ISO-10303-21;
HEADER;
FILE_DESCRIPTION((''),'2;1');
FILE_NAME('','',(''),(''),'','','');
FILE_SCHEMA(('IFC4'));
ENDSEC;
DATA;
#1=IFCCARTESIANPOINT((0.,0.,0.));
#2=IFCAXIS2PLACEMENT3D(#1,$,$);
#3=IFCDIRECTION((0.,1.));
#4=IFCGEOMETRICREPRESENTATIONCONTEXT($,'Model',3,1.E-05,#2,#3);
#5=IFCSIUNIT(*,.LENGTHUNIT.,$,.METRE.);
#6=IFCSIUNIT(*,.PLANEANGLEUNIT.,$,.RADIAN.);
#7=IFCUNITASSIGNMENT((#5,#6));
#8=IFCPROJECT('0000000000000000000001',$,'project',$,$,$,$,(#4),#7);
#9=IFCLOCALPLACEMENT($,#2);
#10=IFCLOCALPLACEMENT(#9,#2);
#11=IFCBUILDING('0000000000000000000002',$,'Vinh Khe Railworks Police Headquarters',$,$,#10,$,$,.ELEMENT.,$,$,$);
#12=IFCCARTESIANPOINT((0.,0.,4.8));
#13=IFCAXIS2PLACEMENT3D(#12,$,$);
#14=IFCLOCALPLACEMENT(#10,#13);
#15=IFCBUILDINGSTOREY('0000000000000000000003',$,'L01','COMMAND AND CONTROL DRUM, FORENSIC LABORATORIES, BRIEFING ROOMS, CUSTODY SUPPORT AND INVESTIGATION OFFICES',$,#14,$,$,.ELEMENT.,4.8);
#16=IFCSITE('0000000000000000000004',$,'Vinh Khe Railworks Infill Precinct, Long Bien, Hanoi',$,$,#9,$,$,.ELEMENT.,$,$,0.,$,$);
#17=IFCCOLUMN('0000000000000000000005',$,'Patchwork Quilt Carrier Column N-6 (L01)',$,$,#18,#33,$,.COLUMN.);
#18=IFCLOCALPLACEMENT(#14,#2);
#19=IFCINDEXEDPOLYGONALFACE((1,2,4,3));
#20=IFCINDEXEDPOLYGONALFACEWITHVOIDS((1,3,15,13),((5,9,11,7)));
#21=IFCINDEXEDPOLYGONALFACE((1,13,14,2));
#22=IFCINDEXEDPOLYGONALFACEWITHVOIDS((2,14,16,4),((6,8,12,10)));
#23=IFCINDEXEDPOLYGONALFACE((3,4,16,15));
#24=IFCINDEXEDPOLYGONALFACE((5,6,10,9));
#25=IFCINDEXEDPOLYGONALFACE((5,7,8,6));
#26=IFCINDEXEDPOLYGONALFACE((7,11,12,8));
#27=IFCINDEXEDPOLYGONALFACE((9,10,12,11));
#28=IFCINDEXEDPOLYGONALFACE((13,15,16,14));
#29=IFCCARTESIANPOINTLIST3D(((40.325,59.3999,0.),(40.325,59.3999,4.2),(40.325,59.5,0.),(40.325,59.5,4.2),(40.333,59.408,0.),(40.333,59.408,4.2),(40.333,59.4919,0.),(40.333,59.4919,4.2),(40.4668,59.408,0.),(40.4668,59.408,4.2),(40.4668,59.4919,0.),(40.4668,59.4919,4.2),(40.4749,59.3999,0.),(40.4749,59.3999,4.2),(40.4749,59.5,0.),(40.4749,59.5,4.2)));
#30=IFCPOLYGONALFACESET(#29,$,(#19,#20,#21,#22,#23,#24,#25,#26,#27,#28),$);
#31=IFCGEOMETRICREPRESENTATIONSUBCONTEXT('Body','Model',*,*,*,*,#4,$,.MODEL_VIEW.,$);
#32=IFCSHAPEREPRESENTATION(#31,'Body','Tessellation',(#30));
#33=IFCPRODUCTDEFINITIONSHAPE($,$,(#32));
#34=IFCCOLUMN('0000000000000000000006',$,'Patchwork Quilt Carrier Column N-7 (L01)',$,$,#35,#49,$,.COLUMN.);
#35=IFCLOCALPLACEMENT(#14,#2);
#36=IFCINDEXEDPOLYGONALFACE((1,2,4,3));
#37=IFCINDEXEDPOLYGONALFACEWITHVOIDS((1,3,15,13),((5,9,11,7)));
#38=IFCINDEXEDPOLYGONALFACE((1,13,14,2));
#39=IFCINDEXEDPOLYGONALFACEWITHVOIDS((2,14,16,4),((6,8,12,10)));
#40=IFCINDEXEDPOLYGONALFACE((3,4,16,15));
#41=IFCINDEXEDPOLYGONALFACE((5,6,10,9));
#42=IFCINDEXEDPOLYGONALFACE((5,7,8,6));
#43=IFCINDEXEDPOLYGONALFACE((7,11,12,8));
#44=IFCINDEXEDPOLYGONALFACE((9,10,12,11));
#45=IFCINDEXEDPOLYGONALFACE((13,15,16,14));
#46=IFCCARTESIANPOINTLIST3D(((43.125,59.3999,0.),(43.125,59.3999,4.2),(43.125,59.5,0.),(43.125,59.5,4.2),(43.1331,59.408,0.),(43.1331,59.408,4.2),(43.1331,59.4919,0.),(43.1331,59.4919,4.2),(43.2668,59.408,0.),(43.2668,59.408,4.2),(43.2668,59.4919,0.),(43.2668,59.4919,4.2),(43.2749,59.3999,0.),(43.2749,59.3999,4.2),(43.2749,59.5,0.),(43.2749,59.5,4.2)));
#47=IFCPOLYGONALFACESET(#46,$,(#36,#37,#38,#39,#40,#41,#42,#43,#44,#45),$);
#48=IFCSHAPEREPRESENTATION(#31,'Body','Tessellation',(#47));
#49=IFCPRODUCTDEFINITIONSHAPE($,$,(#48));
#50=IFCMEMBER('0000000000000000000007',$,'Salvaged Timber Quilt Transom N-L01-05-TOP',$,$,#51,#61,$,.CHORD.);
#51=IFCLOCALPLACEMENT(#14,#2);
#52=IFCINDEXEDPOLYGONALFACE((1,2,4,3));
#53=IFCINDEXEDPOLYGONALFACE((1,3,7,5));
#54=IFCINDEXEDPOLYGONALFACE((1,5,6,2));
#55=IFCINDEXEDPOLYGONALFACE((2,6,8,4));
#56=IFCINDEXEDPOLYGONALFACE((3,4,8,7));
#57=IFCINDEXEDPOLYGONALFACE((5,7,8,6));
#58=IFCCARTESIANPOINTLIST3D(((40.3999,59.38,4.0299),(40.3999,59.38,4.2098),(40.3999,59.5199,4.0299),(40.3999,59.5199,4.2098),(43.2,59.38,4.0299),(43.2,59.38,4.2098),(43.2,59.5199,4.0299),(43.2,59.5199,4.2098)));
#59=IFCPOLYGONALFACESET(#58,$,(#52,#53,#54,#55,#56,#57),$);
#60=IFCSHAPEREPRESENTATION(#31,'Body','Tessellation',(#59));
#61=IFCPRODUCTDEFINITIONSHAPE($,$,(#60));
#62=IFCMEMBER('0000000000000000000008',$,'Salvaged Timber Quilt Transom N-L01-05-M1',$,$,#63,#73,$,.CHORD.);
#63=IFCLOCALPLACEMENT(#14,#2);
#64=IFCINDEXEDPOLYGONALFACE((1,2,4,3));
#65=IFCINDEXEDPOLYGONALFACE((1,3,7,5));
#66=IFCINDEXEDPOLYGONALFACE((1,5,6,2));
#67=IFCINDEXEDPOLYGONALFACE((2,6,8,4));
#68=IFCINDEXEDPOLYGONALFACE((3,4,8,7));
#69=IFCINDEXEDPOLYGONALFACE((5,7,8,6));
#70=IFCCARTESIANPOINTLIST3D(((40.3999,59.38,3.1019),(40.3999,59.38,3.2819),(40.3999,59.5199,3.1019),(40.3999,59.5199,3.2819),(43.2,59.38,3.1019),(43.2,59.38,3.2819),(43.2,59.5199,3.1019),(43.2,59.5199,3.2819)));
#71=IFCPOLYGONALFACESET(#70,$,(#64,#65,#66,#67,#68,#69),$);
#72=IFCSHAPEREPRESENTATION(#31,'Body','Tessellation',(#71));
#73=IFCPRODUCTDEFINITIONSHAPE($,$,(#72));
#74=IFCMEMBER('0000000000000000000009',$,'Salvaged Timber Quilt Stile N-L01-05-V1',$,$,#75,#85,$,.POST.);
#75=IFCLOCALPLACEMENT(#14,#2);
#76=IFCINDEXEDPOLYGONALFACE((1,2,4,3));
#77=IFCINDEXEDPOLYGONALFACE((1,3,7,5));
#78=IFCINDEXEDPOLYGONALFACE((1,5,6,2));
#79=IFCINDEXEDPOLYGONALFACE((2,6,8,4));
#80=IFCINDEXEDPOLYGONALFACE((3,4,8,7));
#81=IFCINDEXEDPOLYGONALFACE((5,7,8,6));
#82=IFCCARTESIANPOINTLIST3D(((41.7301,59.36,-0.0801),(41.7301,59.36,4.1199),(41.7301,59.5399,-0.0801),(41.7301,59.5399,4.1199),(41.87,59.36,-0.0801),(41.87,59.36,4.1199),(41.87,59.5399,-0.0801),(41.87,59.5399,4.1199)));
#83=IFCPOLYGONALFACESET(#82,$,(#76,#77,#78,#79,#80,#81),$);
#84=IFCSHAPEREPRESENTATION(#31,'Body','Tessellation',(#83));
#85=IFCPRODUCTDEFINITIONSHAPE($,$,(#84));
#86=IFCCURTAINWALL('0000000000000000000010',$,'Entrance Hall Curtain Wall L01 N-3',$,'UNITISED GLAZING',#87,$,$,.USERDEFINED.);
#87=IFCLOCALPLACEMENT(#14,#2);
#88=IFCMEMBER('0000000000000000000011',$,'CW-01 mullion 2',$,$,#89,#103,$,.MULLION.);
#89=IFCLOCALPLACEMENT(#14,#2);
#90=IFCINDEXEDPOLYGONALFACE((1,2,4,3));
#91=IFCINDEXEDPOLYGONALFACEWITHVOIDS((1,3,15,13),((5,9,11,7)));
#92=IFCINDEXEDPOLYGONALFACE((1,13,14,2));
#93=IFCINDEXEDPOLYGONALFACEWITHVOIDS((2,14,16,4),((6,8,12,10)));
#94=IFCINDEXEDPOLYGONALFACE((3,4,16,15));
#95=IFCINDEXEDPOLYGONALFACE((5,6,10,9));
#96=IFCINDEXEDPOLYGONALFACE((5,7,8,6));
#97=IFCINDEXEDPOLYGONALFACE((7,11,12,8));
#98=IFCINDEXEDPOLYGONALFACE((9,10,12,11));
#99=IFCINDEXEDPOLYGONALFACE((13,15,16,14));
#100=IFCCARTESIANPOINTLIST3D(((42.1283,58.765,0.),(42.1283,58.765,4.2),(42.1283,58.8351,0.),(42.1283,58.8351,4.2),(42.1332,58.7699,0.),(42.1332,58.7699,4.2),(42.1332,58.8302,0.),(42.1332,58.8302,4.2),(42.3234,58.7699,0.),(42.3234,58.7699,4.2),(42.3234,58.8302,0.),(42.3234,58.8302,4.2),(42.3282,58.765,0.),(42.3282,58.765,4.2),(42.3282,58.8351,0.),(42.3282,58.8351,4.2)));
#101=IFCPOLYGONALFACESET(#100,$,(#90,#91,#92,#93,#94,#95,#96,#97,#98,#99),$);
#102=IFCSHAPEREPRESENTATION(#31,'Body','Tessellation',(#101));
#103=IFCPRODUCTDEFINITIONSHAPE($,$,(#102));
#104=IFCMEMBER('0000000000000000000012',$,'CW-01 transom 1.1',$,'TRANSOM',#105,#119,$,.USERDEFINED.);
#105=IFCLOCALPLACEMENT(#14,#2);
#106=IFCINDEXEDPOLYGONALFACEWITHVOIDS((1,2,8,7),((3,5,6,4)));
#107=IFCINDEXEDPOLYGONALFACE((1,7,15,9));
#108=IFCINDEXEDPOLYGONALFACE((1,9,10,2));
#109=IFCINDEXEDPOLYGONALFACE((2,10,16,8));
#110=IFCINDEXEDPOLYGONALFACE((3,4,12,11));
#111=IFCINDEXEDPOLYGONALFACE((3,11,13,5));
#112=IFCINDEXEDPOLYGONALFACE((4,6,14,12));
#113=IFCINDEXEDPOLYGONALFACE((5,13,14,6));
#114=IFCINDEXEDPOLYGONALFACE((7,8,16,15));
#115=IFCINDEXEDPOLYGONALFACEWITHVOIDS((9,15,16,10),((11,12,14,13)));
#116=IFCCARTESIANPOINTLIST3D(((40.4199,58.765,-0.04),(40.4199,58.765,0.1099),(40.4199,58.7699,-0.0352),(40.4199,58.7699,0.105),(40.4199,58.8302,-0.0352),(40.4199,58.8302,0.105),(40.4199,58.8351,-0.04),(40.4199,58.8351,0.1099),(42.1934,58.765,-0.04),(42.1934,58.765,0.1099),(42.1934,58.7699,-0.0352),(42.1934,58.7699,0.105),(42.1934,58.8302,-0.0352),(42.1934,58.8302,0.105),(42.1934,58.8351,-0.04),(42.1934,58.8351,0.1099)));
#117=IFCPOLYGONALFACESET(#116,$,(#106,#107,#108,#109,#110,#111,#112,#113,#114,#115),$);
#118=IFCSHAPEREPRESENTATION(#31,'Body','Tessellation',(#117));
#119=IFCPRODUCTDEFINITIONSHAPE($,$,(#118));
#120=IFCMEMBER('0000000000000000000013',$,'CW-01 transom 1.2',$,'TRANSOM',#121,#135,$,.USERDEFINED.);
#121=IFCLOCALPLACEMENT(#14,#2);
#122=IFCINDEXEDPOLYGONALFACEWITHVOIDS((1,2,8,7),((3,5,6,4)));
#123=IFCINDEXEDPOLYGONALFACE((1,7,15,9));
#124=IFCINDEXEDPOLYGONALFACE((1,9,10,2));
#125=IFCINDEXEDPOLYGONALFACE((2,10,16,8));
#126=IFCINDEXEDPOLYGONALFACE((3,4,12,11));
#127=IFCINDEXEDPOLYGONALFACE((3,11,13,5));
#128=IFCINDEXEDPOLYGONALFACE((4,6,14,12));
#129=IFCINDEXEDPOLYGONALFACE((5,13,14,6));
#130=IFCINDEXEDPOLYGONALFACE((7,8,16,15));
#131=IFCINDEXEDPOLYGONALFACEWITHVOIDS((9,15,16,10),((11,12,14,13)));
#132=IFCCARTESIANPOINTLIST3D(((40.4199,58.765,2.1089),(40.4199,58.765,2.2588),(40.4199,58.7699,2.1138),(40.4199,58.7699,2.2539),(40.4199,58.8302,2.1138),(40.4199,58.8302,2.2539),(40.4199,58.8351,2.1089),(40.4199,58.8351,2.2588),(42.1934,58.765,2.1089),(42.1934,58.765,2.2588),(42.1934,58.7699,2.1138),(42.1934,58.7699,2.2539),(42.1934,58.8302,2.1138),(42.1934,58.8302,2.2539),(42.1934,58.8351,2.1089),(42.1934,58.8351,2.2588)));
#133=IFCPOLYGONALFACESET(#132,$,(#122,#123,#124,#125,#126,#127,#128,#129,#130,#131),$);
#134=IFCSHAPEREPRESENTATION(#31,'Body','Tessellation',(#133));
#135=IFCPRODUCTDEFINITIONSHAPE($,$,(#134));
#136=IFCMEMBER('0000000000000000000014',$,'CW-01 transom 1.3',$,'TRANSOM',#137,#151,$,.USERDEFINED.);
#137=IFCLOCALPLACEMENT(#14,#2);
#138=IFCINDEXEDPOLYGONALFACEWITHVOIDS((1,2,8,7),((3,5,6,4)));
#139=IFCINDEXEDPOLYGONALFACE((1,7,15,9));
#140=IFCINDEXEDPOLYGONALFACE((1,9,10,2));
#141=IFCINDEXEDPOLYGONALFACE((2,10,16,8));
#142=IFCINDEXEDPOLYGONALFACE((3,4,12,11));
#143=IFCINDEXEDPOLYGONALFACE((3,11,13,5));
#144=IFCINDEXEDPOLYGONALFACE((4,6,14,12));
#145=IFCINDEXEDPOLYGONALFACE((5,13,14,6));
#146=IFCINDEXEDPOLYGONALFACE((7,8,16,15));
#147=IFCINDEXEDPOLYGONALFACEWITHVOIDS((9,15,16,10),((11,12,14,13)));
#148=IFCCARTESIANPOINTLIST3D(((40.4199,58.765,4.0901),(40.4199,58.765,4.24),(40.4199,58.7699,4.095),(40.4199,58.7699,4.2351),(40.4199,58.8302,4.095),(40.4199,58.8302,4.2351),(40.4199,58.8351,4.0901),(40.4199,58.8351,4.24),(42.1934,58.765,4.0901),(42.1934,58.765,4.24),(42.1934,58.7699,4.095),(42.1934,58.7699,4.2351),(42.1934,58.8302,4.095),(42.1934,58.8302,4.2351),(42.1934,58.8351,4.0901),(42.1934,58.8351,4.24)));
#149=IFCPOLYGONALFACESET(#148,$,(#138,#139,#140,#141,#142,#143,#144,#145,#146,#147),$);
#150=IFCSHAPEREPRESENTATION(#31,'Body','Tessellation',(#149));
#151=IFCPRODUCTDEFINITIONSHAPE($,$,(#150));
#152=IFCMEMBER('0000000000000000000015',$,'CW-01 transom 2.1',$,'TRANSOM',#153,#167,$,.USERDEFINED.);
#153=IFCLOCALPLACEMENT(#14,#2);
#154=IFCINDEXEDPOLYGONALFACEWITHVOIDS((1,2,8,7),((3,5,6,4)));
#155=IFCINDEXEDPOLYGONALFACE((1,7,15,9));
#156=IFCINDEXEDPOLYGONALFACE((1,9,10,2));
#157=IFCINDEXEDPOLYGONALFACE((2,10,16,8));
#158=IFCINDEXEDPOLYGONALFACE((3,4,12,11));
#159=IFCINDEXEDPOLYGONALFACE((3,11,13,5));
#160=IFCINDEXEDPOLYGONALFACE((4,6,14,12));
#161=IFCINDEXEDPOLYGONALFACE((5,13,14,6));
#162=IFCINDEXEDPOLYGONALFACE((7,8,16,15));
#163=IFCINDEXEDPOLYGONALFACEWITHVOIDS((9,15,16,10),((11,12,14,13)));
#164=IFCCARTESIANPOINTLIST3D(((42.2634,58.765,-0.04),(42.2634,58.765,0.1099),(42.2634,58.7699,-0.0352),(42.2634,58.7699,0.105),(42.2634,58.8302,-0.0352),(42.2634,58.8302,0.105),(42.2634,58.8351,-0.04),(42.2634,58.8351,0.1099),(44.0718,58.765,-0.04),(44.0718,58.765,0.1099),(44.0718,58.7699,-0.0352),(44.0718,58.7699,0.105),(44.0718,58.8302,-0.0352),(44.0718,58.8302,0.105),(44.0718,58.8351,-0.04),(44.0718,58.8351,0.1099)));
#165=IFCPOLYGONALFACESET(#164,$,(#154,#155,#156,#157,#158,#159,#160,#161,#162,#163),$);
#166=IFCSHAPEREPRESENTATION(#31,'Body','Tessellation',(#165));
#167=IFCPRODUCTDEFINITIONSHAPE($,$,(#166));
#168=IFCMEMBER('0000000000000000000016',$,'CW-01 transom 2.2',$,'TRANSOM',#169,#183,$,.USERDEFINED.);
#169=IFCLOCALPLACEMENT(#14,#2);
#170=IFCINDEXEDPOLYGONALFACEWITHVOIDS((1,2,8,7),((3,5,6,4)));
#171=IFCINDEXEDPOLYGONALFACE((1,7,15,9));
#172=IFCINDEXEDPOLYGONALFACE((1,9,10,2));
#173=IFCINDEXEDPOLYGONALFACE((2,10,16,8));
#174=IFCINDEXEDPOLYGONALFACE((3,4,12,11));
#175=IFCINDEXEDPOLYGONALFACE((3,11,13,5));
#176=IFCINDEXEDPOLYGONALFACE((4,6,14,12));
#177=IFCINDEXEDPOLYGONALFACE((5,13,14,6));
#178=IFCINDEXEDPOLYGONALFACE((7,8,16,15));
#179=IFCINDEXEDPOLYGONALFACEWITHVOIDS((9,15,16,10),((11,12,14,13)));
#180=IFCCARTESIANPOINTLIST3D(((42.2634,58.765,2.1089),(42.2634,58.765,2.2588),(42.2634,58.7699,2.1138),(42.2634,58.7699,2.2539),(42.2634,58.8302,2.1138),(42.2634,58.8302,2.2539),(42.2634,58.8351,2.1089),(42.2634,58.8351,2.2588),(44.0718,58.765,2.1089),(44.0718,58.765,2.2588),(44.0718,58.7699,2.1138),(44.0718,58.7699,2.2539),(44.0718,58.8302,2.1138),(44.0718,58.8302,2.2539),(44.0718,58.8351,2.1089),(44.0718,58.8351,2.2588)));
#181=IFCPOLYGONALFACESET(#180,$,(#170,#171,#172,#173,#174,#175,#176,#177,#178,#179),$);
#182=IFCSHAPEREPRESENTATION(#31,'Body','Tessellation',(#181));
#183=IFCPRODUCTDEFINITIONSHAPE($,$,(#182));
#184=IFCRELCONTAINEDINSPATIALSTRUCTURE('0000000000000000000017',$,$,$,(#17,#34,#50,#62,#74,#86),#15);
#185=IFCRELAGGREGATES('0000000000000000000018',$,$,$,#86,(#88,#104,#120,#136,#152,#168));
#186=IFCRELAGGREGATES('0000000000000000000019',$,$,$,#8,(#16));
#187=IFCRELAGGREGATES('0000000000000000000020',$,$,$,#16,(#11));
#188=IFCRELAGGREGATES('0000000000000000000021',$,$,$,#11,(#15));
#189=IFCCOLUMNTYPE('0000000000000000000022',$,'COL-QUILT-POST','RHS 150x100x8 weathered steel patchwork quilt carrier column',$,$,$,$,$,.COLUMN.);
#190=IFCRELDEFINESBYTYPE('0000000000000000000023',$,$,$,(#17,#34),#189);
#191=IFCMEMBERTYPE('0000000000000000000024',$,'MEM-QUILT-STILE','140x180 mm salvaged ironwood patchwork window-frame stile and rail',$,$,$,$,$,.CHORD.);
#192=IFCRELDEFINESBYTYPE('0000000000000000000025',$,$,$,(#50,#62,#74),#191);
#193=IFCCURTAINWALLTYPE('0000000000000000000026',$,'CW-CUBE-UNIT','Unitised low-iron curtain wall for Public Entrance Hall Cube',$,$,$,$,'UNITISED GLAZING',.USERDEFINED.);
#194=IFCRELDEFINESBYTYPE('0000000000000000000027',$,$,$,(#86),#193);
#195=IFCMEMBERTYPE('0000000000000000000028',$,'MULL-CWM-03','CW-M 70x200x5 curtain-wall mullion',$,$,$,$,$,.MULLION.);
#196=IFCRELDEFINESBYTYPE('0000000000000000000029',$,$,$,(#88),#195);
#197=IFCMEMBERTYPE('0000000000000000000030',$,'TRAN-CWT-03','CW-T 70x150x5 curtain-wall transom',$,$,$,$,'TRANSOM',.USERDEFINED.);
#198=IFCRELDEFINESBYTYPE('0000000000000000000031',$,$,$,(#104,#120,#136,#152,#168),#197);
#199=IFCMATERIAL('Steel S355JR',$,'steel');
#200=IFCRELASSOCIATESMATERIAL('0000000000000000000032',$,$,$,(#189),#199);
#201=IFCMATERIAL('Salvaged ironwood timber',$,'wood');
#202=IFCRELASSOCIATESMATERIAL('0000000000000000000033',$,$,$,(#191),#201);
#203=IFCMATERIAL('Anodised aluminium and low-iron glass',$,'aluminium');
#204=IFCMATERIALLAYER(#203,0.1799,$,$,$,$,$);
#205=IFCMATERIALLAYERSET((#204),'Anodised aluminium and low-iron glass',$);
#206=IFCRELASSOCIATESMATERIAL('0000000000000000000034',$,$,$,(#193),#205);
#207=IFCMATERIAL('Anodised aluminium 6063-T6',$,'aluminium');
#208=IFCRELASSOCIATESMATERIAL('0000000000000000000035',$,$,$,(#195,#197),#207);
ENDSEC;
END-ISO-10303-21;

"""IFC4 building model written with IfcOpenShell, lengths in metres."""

from ifc_helpers import new_model, si_unit, direction, frame, origin, origin_2d, place, context, subcontext, project, spatial, rectangle, hollow_rectangle, extrude, material, layer, layer_set, material_profile, profile_set, type_object, element, aggregate, save


model = new_model("IFC4")

# Units and contexts
model_context = context("Model", 3, precision=1e-05, world=origin(), true_north=direction((0.0, 1.0)))
body_context = subcontext(model_context, "Body", "Model", "MODEL_VIEW")
ifc_project = project(units=[si_unit("LENGTHUNIT", "METRE"), si_unit("PLANEANGLEUNIT", "RADIAN")], contexts=[model_context])

# Site, building, storey
site_placement = place(None, origin())
site = spatial("IfcSite", under=ifc_project, at=site_placement, Name="Vinh Khe Railworks Infill Precinct, Long Bien, Hanoi", CompositionType="ELEMENT", RefElevation=0.0)
building_placement = place(site_placement, origin())
building = spatial("IfcBuilding", under=site, at=building_placement, Name="Vinh Khe Railworks Police Headquarters", CompositionType="ELEMENT")
storey_placement = place(building_placement, frame((0.0, 0.0, 4.8)))
storey = spatial("IfcBuildingStorey", under=building, at=storey_placement, Name="L01", Description="COMMAND AND CONTROL DRUM, FORENSIC LABORATORIES, BRIEFING ROOMS, CUSTODY SUPPORT AND INVESTIGATION OFFICES", CompositionType="ELEMENT", Elevation=4.8)

# Columns
ifc_material_1 = material(Name="Steel S355JR", Category="steel")
ifc_material_profile_1 = material_profile(ifc_material_1, hollow_rectangle(XDim=0.1499, YDim=0.1001, WallThickness=0.0081, at=origin_2d()), Name="RHS 150x100x8")
ifc_profile_set_1 = profile_set([ifc_material_profile_1], Name="Steel S355JR")
column_type = type_object("IfcColumnType", Name="COL-QUILT-POST", Description="RHS 150x100x8 weathered steel patchwork quilt carrier column", PredefinedType="COLUMN", material=ifc_profile_set_1)
for number, where, z_axis, x_axis, name in (
    (1, (40.3999, 59.45, 0.0), (0.0, 0.0, 1.0), (1.0, 0.0, 0.0), "Patchwork Quilt Carrier Column N-6 (L01)"),
    (2, (43.2, 59.45, 0.0), (0.0, 0.0, 1.0), (1.0, 0.0, 0.0), "Patchwork Quilt Carrier Column N-7 (L01)"),
):
    element("IfcColumn", number, at=place(storey_placement, frame(where, z_axis=z_axis, x_axis=x_axis)), inside=storey, type_object=column_type, Name=name, PredefinedType="COLUMN", context=body_context, shape_type="SweptSolid", body=[
        extrude(hollow_rectangle(XDim=0.1499, YDim=0.1001, WallThickness=0.0081, at=origin_2d()), origin(), (0.0, 0.0, 1.0), 4.2),
    ])

# Members
ifc_material_2 = material(Name="Salvaged ironwood timber", Category="wood")
ifc_material_profile_2 = material_profile(ifc_material_2, rectangle(XDim=0.1399, YDim=0.1799, at=origin_2d()), Name="TIMBER 140x180")
ifc_profile_set_2 = profile_set([ifc_material_profile_2], Name="Salvaged ironwood timber")
member_type_1 = type_object("IfcMemberType", Name="MEM-QUILT-STILE", Description="140x180 mm salvaged ironwood patchwork window-frame stile and rail", PredefinedType="CHORD", material=ifc_profile_set_2)
for number, where, z_axis, x_axis, name in (
    (3, (40.3999, 59.45, 4.1199), (1.0, 0.0, 0.0), (0.0, 1.0, 0.0), "Salvaged Timber Quilt Transom N-L01-05-TOP"),
    (4, (40.3999, 59.45, 3.1919), (1.0, 0.0, 0.0), (0.0, 1.0, 0.0), "Salvaged Timber Quilt Transom N-L01-05-M1"),
):
    element("IfcMember", number, at=place(storey_placement, frame(where, z_axis=z_axis, x_axis=x_axis)), inside=storey, type_object=member_type_1, Name=name, PredefinedType="CHORD", context=body_context, shape_type="SweptSolid", body=[
        extrude(rectangle(XDim=0.1399, YDim=0.1799, at=origin_2d()), origin(), (0.0, 0.0, 1.0), 2.8),
    ])
member_1_placement = place(storey_placement, frame((41.8, 59.45, -0.0801), z_axis=(0.0, 0.0, 1.0), x_axis=(1.0, 0.0, 0.0)))
element("IfcMember", 5, at=member_1_placement, inside=storey, type_object=member_type_1, Name="Salvaged Timber Quilt Stile N-L01-05-V1", PredefinedType="POST", context=body_context, shape_type="SweptSolid", body=[
    extrude(rectangle(XDim=0.1399, YDim=0.1799, at=origin_2d()), origin(), (0.0, 0.0, 1.0), 4.2),
])

# Curtain wall, members
ifc_material_3 = material(Name="Anodised aluminium and low-iron glass", Category="aluminium")
ifc_layer_1 = layer(ifc_material_3, 0.1799)
ifc_layer_set_1 = layer_set([ifc_layer_1], Name="Anodised aluminium and low-iron glass")
curtain_wall_type = type_object("IfcCurtainWallType", Name="CW-CUBE-UNIT", Description="Unitised low-iron curtain wall for Public Entrance Hall Cube", ElementType="UNITISED GLAZING", PredefinedType="USERDEFINED", material=ifc_layer_set_1)
curtain_wall_placement = place(storey_placement, origin())
curtain_wall = element("IfcCurtainWall", 6, at=curtain_wall_placement, inside=storey, type_object=curtain_wall_type, Name="Entrance Hall Curtain Wall L01 N-3", ObjectType="UNITISED GLAZING", PredefinedType="USERDEFINED")
ifc_material_4 = material(Name="Anodised aluminium 6063-T6", Category="aluminium")
ifc_material_profile_3 = material_profile(ifc_material_4, hollow_rectangle(XDim=0.0701, YDim=0.2, WallThickness=0.0049, at=origin_2d()), Name="CW-M 70x200x5")
ifc_profile_set_3 = profile_set([ifc_material_profile_3], Name="Anodised aluminium 6063-T6")
member_type_2 = type_object("IfcMemberType", Name="MULL-CWM-03", Description="CW-M 70x200x5 curtain-wall mullion", PredefinedType="MULLION", material=ifc_profile_set_3)
member_2_placement = place(storey_placement, frame((42.2283, 58.8, 0.0), z_axis=(0.0, 0.0, 1.0), x_axis=(0.0, 1.0, 0.0)))
member_2 = element("IfcMember", 7, at=member_2_placement, type_object=member_type_2, Name="CW-01 mullion 2", PredefinedType="MULLION", context=body_context, shape_type="SweptSolid", body=[
    extrude(hollow_rectangle(XDim=0.0701, YDim=0.2, WallThickness=0.0049, at=origin_2d()), origin(), (0.0, 0.0, 1.0), 4.2),
])
ifc_material_profile_4 = material_profile(ifc_material_4, hollow_rectangle(XDim=0.0701, YDim=0.1499, WallThickness=0.0049, at=origin_2d()), Name="CW-T 70x150x5")
ifc_profile_set_4 = profile_set([ifc_material_profile_4], Name="Anodised aluminium 6063-T6")
member_type_3 = type_object("IfcMemberType", Name="TRAN-CWT-03", Description="CW-T 70x150x5 curtain-wall transom", ElementType="TRANSOM", PredefinedType="USERDEFINED", material=ifc_profile_set_4)
member_3_placement = place(storey_placement, frame((40.4199, 58.8, 0.0349), z_axis=(1.0, 0.0, 0.0), x_axis=(0.0, 1.0, 0.0)))
member_3 = element("IfcMember", 8, at=member_3_placement, type_object=member_type_3, Name="CW-01 transom 1.1", ObjectType="TRANSOM", PredefinedType="USERDEFINED", context=body_context, shape_type="SweptSolid", body=[
    extrude(hollow_rectangle(XDim=0.0701, YDim=0.1499, WallThickness=0.0049, at=origin_2d()), origin(), (0.0, 0.0, 1.0), 1.7734),
])
member_4_placement = place(storey_placement, frame((40.4199, 58.8, 2.1838), z_axis=(1.0, 0.0, 0.0), x_axis=(0.0, 1.0, 0.0)))
member_4 = element("IfcMember", 9, at=member_4_placement, type_object=member_type_3, Name="CW-01 transom 1.2", ObjectType="TRANSOM", PredefinedType="USERDEFINED", context=body_context, shape_type="SweptSolid", body=[
    extrude(hollow_rectangle(XDim=0.0701, YDim=0.1499, WallThickness=0.0049, at=origin_2d()), origin(), (0.0, 0.0, 1.0), 1.7734),
])
member_5_placement = place(storey_placement, frame((40.4199, 58.8, 4.165), z_axis=(1.0, 0.0, 0.0), x_axis=(0.0, 1.0, 0.0)))
member_5 = element("IfcMember", 10, at=member_5_placement, type_object=member_type_3, Name="CW-01 transom 1.3", ObjectType="TRANSOM", PredefinedType="USERDEFINED", context=body_context, shape_type="SweptSolid", body=[
    extrude(hollow_rectangle(XDim=0.0701, YDim=0.1499, WallThickness=0.0049, at=origin_2d()), origin(), (0.0, 0.0, 1.0), 1.7734),
])
member_6_placement = place(storey_placement, frame((42.2634, 58.8, 0.0349), z_axis=(1.0, 0.0, 0.0), x_axis=(0.0, 1.0, 0.0)))
member_6 = element("IfcMember", 11, at=member_6_placement, type_object=member_type_3, Name="CW-01 transom 2.1", ObjectType="TRANSOM", PredefinedType="USERDEFINED", context=body_context, shape_type="SweptSolid", body=[
    extrude(hollow_rectangle(XDim=0.0701, YDim=0.1499, WallThickness=0.0049, at=origin_2d()), origin(), (0.0, 0.0, 1.0), 1.8083),
])
member_7_placement = place(storey_placement, frame((42.2634, 58.8, 2.1838), z_axis=(1.0, 0.0, 0.0), x_axis=(0.0, 1.0, 0.0)))
member_7 = element("IfcMember", 12, at=member_7_placement, type_object=member_type_3, Name="CW-01 transom 2.2", ObjectType="TRANSOM", PredefinedType="USERDEFINED", context=body_context, shape_type="SweptSolid", body=[
    extrude(hollow_rectangle(XDim=0.0701, YDim=0.1499, WallThickness=0.0049, at=origin_2d()), origin(), (0.0, 0.0, 1.0), 1.8083),
])
aggregate(curtain_wall, [member_2, member_3, member_4, member_5, member_6, member_7])

save(model, "model.ifc")
